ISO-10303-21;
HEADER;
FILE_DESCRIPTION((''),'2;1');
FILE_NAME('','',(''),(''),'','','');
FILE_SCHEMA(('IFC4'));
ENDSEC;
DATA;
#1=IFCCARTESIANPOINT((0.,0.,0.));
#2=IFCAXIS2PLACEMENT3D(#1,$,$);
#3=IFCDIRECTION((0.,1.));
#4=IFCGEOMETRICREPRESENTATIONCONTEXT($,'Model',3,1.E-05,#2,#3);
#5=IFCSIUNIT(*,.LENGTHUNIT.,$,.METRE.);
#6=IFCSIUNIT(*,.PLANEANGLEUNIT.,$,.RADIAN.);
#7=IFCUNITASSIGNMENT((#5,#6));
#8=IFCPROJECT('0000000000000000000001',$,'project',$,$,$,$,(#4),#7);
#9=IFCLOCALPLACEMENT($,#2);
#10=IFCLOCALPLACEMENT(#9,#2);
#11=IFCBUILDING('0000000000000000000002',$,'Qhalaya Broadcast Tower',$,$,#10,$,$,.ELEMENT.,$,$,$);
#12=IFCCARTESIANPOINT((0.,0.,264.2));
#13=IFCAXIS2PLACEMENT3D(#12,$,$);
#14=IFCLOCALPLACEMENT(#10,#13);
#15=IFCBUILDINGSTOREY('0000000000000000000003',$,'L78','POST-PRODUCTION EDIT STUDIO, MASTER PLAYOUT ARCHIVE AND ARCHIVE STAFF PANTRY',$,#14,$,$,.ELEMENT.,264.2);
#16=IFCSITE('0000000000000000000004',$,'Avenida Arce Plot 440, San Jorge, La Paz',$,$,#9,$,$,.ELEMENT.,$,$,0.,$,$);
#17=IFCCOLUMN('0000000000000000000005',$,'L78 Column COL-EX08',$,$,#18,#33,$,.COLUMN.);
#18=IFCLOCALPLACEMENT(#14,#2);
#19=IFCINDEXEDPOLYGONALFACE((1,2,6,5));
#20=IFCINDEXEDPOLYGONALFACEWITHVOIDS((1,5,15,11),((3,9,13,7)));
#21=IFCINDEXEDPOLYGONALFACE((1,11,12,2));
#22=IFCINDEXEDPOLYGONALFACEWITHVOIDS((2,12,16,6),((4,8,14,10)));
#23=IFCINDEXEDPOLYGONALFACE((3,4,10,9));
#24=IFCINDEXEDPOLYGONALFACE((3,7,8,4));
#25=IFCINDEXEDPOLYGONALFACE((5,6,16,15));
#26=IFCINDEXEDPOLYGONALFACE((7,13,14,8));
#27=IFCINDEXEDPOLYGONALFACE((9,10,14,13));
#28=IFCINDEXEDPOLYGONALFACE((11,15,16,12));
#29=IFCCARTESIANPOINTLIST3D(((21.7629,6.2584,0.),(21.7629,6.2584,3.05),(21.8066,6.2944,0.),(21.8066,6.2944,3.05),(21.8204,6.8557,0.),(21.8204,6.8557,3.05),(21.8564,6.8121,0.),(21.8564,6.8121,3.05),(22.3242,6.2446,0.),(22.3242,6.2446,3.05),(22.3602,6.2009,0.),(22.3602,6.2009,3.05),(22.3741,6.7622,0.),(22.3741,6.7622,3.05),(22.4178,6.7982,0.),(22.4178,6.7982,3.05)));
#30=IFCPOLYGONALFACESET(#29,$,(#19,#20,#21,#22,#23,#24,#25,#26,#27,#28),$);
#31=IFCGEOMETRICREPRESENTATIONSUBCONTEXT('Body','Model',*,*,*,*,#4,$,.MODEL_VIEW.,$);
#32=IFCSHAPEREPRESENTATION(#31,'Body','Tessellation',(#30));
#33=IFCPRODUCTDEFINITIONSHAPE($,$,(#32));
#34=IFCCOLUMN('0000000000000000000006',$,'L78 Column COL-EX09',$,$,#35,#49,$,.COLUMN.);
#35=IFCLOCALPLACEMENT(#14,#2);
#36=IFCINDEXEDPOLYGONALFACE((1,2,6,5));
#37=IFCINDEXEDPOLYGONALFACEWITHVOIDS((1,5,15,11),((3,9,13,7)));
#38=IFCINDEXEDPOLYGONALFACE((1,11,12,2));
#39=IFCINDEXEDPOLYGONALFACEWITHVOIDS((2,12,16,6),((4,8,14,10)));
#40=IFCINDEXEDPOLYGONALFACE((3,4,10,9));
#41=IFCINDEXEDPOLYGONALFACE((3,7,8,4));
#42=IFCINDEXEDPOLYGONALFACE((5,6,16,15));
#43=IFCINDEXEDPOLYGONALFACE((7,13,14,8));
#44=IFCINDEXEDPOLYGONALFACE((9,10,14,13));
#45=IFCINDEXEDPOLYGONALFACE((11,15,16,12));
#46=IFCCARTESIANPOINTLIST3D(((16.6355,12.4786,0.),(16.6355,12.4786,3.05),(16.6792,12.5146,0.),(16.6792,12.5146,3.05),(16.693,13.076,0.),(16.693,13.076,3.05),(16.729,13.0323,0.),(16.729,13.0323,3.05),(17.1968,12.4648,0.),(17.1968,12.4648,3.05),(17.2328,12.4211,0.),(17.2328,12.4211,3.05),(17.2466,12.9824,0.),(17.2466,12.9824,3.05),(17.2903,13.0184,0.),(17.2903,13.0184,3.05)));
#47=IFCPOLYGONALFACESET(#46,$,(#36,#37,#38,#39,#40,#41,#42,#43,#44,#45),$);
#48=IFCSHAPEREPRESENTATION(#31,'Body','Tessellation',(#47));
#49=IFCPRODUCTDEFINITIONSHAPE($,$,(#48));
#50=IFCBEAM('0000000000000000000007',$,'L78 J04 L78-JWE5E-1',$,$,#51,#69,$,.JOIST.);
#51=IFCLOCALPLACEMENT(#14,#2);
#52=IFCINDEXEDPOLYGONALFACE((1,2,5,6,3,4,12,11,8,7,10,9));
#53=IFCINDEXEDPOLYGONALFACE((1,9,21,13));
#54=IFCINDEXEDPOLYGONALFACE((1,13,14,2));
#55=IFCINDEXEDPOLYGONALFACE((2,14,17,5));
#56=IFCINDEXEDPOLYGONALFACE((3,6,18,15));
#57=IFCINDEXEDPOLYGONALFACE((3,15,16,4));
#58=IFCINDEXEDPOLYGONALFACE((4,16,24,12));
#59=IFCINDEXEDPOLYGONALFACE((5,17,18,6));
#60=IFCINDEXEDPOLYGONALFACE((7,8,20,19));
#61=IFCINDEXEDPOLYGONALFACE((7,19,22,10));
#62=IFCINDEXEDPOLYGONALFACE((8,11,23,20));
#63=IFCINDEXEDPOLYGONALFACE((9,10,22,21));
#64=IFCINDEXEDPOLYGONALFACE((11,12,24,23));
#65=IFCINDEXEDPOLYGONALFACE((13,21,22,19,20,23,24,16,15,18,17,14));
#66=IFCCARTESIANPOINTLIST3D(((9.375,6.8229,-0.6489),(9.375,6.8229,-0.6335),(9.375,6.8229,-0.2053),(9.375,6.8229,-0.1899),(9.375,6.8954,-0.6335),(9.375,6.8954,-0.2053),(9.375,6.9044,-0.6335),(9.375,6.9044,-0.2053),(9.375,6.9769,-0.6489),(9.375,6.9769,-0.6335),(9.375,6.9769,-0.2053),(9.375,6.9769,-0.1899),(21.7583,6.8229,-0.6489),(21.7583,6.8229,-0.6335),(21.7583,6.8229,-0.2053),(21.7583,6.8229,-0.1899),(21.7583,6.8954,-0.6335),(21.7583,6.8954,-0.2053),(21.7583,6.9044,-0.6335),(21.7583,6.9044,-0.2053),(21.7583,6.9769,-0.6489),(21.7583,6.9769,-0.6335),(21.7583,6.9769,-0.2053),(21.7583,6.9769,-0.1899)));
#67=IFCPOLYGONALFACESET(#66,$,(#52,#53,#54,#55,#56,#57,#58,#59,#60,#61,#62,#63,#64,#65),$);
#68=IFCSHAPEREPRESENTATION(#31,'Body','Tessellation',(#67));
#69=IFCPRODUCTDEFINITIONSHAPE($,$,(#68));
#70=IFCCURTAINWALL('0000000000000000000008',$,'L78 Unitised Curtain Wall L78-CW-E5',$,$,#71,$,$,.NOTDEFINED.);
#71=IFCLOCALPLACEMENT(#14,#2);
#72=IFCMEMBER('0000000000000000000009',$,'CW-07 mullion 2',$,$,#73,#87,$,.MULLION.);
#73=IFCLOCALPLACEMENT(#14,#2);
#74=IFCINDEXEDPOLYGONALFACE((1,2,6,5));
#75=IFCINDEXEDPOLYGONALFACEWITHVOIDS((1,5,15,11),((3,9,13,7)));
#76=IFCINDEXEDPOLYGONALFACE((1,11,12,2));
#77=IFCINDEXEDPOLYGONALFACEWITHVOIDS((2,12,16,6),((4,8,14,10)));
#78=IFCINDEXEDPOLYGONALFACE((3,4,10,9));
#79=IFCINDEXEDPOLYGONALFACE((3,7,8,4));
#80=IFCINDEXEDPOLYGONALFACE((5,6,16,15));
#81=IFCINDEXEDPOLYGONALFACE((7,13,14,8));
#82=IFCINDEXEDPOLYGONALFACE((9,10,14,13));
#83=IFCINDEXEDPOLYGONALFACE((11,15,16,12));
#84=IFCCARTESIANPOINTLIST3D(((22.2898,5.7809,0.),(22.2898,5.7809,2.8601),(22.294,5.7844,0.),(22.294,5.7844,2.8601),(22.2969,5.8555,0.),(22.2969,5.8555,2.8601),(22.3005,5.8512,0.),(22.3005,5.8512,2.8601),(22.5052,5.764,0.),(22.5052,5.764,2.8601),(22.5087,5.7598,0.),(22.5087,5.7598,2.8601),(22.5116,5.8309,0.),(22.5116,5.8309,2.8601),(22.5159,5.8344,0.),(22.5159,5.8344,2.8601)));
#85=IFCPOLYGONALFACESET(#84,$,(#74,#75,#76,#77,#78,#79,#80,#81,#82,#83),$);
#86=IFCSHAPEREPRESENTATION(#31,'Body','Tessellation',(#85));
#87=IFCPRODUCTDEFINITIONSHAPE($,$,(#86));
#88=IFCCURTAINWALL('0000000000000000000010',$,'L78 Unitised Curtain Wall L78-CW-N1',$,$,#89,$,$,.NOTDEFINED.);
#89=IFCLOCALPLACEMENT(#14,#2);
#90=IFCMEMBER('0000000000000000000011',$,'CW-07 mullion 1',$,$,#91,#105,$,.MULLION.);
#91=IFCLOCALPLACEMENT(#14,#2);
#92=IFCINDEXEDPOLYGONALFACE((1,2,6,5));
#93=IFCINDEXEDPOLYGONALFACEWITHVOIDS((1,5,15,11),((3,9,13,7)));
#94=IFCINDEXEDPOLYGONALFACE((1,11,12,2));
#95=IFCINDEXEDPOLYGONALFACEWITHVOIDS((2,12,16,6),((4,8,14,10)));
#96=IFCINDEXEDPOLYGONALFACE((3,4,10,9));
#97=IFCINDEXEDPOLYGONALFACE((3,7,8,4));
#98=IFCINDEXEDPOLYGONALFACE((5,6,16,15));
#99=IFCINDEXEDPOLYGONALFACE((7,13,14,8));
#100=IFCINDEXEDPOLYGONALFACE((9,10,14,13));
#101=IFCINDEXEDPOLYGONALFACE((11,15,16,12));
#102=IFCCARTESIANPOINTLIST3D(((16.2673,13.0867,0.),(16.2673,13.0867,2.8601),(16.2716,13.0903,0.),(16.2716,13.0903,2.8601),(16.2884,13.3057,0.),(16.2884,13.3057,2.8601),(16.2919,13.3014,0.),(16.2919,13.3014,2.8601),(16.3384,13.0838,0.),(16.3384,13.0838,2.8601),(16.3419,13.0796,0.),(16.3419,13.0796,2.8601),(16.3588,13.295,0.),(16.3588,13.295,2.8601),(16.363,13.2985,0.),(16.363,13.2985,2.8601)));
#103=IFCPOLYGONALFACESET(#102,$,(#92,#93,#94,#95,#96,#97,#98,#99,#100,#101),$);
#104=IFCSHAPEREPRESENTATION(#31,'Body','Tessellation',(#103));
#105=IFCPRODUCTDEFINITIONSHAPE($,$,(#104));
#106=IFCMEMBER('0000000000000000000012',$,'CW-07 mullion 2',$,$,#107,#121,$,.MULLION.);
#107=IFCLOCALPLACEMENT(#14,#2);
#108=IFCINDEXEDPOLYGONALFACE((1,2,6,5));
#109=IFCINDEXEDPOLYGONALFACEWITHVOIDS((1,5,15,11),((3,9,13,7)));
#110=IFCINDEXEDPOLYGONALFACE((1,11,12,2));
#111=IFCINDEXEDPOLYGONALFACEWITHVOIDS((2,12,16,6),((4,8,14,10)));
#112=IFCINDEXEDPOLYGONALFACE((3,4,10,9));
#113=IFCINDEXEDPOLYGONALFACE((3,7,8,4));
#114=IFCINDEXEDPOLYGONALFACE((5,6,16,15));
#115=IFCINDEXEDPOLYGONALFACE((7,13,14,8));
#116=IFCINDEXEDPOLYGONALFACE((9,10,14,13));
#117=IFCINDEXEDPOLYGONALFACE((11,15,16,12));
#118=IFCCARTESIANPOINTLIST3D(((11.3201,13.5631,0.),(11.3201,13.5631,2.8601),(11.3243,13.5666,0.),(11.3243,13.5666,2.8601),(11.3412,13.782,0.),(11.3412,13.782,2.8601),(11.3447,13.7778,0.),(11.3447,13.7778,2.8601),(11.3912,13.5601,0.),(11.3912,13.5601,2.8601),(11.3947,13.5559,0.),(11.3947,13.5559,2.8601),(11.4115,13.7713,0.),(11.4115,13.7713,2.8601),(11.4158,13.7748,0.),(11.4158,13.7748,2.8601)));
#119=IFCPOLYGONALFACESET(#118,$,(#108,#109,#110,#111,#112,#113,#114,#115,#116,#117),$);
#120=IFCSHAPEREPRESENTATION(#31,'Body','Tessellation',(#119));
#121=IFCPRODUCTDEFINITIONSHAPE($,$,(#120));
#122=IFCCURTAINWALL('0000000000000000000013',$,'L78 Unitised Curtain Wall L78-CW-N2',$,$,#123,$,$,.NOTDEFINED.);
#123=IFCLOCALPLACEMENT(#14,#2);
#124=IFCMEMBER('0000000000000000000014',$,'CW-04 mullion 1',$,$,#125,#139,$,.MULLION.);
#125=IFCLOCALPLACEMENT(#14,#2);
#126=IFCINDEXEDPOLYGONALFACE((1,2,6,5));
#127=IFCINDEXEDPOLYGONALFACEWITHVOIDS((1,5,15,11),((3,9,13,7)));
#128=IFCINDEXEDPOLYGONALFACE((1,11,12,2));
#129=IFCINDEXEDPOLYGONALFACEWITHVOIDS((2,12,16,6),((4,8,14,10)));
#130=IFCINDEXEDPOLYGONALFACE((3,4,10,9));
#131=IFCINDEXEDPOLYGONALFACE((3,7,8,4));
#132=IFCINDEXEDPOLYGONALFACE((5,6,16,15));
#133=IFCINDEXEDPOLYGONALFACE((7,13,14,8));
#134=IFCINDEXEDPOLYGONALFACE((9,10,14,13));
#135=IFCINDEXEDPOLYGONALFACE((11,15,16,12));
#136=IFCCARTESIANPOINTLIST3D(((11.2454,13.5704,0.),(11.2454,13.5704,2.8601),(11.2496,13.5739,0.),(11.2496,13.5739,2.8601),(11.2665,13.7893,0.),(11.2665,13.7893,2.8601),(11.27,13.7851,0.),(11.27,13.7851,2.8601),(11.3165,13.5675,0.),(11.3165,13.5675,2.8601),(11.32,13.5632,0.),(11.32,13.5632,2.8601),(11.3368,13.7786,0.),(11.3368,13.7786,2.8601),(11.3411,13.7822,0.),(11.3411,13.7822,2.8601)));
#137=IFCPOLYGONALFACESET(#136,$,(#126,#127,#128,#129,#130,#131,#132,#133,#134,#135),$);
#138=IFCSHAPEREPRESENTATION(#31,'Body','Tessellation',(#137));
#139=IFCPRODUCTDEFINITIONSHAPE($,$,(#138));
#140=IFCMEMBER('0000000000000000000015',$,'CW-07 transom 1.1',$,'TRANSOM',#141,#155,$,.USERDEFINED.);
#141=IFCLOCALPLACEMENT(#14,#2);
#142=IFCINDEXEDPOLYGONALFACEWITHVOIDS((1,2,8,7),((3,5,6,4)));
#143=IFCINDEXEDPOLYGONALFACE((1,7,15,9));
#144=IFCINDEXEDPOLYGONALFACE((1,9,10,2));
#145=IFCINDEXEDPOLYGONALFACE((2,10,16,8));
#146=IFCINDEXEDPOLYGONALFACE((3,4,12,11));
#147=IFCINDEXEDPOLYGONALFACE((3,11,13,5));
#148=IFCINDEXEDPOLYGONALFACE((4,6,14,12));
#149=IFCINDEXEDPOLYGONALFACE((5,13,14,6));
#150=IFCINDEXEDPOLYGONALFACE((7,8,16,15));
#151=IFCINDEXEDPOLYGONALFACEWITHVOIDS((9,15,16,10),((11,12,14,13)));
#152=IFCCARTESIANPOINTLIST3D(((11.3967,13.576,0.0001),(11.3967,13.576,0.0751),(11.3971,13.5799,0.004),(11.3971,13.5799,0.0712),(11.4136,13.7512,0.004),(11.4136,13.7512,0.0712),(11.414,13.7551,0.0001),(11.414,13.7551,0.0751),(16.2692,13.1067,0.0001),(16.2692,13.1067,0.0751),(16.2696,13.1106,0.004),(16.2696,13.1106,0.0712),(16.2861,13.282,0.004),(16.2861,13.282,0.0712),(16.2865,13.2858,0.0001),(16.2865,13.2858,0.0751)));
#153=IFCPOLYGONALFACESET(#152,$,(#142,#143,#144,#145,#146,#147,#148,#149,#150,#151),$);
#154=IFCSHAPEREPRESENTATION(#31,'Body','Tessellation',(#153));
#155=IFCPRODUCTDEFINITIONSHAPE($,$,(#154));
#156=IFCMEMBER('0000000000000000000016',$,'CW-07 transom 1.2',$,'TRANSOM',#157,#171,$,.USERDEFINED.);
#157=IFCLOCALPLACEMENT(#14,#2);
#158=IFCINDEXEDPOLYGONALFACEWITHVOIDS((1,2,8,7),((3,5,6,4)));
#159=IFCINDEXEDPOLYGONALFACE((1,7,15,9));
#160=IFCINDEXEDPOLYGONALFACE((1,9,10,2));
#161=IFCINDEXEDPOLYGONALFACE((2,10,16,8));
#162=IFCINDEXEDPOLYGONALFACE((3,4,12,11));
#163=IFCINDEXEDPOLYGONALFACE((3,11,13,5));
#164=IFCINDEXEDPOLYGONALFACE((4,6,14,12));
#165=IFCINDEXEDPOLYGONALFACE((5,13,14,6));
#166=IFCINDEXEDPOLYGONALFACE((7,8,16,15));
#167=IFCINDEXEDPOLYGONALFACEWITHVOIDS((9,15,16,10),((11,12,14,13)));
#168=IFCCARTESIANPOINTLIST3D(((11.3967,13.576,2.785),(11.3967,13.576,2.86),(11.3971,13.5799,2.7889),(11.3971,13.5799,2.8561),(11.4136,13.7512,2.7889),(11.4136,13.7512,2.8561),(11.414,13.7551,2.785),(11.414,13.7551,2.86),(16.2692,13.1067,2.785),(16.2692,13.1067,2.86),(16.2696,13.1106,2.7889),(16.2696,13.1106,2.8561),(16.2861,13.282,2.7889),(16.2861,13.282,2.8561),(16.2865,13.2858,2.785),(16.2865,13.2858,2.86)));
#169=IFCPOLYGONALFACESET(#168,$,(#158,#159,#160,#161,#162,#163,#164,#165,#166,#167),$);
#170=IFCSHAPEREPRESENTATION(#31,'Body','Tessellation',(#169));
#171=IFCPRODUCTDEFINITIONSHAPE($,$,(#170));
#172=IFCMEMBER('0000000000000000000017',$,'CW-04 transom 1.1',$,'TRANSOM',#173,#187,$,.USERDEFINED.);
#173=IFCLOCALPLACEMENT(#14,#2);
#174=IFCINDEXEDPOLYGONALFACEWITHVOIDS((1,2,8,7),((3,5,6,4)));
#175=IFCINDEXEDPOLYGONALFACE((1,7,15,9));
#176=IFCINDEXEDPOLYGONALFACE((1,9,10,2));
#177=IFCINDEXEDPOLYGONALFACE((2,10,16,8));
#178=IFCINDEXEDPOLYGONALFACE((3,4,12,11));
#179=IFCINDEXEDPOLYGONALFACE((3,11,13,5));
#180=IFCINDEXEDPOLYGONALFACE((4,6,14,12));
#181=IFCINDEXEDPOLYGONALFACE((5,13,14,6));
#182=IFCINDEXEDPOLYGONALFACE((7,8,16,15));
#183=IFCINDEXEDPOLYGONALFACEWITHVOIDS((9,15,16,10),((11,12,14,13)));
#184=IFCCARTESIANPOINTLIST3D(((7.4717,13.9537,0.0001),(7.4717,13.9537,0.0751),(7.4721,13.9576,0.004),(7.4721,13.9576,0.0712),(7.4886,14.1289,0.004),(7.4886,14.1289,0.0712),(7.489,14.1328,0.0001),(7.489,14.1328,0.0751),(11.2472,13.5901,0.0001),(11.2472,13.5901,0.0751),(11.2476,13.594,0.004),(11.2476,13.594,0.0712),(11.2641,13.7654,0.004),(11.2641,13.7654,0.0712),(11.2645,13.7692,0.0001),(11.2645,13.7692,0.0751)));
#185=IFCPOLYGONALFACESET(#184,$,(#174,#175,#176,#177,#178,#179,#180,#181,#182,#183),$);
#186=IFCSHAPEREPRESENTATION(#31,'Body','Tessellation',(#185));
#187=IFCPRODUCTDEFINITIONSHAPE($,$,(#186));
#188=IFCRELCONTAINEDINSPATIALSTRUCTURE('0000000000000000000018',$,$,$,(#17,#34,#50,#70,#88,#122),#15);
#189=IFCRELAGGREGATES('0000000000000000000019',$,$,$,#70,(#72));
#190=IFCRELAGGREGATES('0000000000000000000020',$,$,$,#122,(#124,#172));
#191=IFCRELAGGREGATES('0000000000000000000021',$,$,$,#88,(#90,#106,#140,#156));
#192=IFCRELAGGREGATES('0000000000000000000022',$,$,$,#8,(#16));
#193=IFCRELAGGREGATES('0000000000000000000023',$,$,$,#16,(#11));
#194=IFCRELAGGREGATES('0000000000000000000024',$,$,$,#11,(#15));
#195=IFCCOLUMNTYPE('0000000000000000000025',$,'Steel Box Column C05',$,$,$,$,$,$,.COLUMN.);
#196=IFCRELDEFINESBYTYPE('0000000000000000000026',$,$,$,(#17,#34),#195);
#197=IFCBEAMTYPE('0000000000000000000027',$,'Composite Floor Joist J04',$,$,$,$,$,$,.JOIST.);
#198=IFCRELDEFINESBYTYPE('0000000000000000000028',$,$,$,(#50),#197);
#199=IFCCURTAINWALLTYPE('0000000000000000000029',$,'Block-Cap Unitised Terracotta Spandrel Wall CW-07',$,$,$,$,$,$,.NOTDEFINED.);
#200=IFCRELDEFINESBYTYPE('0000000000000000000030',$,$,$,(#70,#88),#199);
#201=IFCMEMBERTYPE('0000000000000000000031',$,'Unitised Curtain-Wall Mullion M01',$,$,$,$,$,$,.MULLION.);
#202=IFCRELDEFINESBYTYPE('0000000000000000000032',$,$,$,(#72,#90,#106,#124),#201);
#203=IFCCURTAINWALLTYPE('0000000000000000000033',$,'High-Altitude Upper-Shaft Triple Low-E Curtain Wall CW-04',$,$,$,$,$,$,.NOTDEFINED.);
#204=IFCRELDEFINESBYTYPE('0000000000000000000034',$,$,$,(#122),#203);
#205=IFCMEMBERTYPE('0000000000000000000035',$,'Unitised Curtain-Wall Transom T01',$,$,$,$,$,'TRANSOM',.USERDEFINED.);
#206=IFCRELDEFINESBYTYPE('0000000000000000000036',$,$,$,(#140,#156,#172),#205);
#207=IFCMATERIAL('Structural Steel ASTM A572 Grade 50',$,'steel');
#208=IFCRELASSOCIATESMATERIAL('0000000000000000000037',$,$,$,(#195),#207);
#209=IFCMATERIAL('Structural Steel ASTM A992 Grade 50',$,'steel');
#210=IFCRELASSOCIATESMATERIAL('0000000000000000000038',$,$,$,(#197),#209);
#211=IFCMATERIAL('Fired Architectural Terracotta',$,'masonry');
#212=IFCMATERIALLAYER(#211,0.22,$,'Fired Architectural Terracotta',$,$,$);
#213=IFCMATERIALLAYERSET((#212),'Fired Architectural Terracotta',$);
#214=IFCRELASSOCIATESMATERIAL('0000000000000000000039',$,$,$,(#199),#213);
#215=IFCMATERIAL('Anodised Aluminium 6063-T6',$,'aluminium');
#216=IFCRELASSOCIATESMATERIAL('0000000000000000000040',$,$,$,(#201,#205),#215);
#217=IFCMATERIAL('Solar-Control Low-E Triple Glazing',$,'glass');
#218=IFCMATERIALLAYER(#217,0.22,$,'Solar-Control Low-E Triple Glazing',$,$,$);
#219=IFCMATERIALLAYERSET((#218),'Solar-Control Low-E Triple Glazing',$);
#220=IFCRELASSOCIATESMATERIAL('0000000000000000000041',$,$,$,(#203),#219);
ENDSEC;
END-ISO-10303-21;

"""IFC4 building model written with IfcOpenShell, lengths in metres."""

from ifc_helpers import new_model, si_unit, direction, frame, origin, origin_2d, place, context, subcontext, project, spatial, hollow_rectangle, i_section, extrude, material, layer, layer_set, material_profile, profile_set, type_object, element, aggregate, save


model = new_model("IFC4")

# Units and contexts
model_context = context("Model", 3, precision=1e-05, world=origin(), true_north=direction((0.0, 1.0)))
body_context = subcontext(model_context, "Body", "Model", "MODEL_VIEW")
ifc_project = project(units=[si_unit("LENGTHUNIT", "METRE"), si_unit("PLANEANGLEUNIT", "RADIAN")], contexts=[model_context])

# Site, building, storey
site_placement = place(None, origin())
site = spatial("IfcSite", under=ifc_project, at=site_placement, Name="Avenida Arce Plot 440, San Jorge, La Paz", CompositionType="ELEMENT", RefElevation=0.0)
building_placement = place(site_placement, origin())
building = spatial("IfcBuilding", under=site, at=building_placement, Name="Qhalaya Broadcast Tower", CompositionType="ELEMENT")
storey_placement = place(building_placement, frame((0.0, 0.0, 264.2)))
storey = spatial("IfcBuildingStorey", under=building, at=storey_placement, Name="L78", Description="POST-PRODUCTION EDIT STUDIO, MASTER PLAYOUT ARCHIVE AND ARCHIVE STAFF PANTRY", CompositionType="ELEMENT", Elevation=264.2)

# Columns
ifc_material_1 = material(Name="Structural Steel ASTM A572 Grade 50", Category="steel")
ifc_material_profile_1 = material_profile(ifc_material_1, hollow_rectangle(XDim=0.6001, YDim=0.6001, WallThickness=0.04, at=origin_2d()), Name="BOX 600x600x40")
ifc_profile_set_1 = profile_set([ifc_material_profile_1], Name="Structural Steel ASTM A572 Grade 50")
column_type = type_object("IfcColumnType", Name="Steel Box Column C05", PredefinedType="COLUMN", material=ifc_profile_set_1)
for number, where, z_axis, x_axis, name in (
    (1, (22.0903, 6.5283, 0.0), (0.0, 0.0, 1.0), (0.095846, 0.995396, 0.0), "L78 Column COL-EX08"),
    (2, (16.9629, 12.7485, 0.0), (0.0, 0.0, 1.0), (0.995396, -0.095846, 0.0), "L78 Column COL-EX09"),
):
    element("IfcColumn", number, at=place(storey_placement, frame(where, z_axis=z_axis, x_axis=x_axis)), inside=storey, type_object=column_type, Name=name, PredefinedType="COLUMN", context=body_context, shape_type="SweptSolid", body=[
        extrude(hollow_rectangle(XDim=0.6001, YDim=0.6001, WallThickness=0.04, at=origin_2d()), origin(), (0.0, 0.0, 1.0), 3.05),
    ])

# Beam
ifc_material_2 = material(Name="Structural Steel ASTM A992 Grade 50", Category="steel")
ifc_material_profile_2 = material_profile(ifc_material_2, i_section(OverallWidth=0.1541, OverallDepth=0.459, WebThickness=0.009, FlangeThickness=0.0154, at=origin_2d()), Name="W18X46")
ifc_profile_set_2 = profile_set([ifc_material_profile_2], Name="Structural Steel ASTM A992 Grade 50")
beam_type_1 = type_object("IfcBeamType", Name="Composite Floor Joist J04", PredefinedType="JOIST", material=ifc_profile_set_2)
beam_1_placement = place(storey_placement, frame((9.375, 6.8999, -0.4194), z_axis=(1.0, 0.0, 0.0), x_axis=(0.0, 1.0, 0.0)))
element("IfcBeam", 3, at=beam_1_placement, inside=storey, type_object=beam_type_1, Name="L78 J04 L78-JWE5E-1", PredefinedType="JOIST", context=body_context, shape_type="SweptSolid", body=[
    extrude(i_section(OverallWidth=0.1541, OverallDepth=0.459, WebThickness=0.009, FlangeThickness=0.0154, at=origin_2d()), origin(), (0.0, 0.0, 1.0), 12.3833),
])

# Curtain wall, member
ifc_material_3 = material(Name="Fired Architectural Terracotta", Category="masonry")
ifc_layer_1 = layer(ifc_material_3, 0.22, Name="Fired Architectural Terracotta")
ifc_layer_set_1 = layer_set([ifc_layer_1], Name="Fired Architectural Terracotta")
curtain_wall_type_1 = type_object("IfcCurtainWallType", Name="Block-Cap Unitised Terracotta Spandrel Wall CW-07", PredefinedType="NOTDEFINED", material=ifc_layer_set_1)
curtain_wall_1_placement = place(storey_placement, origin())
curtain_wall_1 = element("IfcCurtainWall", 4, at=curtain_wall_1_placement, inside=storey, type_object=curtain_wall_type_1, Name="L78 Unitised Curtain Wall L78-CW-E5", PredefinedType="NOTDEFINED")
ifc_material_4 = material(Name="Anodised Aluminium 6063-T6", Category="aluminium")
ifc_material_profile_3 = material_profile(ifc_material_4, hollow_rectangle(XDim=0.075, YDim=0.22, WallThickness=0.0039, at=origin_2d()), Name="ALU-MUL 75x220x4")
ifc_profile_set_3 = profile_set([ifc_material_profile_3], Name="Anodised Aluminium 6063-T6")
member_type_1 = type_object("IfcMemberType", Name="Unitised Curtain-Wall Mullion M01", PredefinedType="MULLION", material=ifc_profile_set_3)
member_1_placement = place(storey_placement, frame((22.4028, 5.8076, 0.0), z_axis=(0.0, 0.0, 1.0), x_axis=(0.09584, 0.995397, 0.0)))
member_1 = element("IfcMember", 5, at=member_1_placement, type_object=member_type_1, Name="CW-07 mullion 2", PredefinedType="MULLION", context=body_context, shape_type="SweptSolid", body=[
    extrude(hollow_rectangle(XDim=0.075, YDim=0.22, WallThickness=0.0039, at=origin_2d()), origin(), (0.0, 0.0, 1.0), 2.8601),
])
aggregate(curtain_wall_1, [member_1])

# Curtain wall, members
curtain_wall_2_placement = place(storey_placement, origin())
curtain_wall_2 = element("IfcCurtainWall", 6, at=curtain_wall_2_placement, inside=storey, type_object=curtain_wall_type_1, Name="L78 Unitised Curtain Wall L78-CW-N1", PredefinedType="NOTDEFINED")
member_2_placement = place(storey_placement, frame((16.3152, 13.1926, 0.0), z_axis=(0.0, 0.0, 1.0), x_axis=(-0.995395, 0.095857, 0.0)))
member_2 = element("IfcMember", 7, at=member_2_placement, type_object=member_type_1, Name="CW-07 mullion 1", PredefinedType="MULLION", context=body_context, shape_type="SweptSolid", body=[
    extrude(hollow_rectangle(XDim=0.075, YDim=0.22, WallThickness=0.0039, at=origin_2d()), origin(), (0.0, 0.0, 1.0), 2.8601),
])
member_3_placement = place(storey_placement, frame((11.3679, 13.6689, 0.0), z_axis=(0.0, 0.0, 1.0), x_axis=(-0.995395, 0.095857, 0.0)))
member_3 = element("IfcMember", 8, at=member_3_placement, type_object=member_type_1, Name="CW-07 mullion 2", PredefinedType="MULLION", context=body_context, shape_type="SweptSolid", body=[
    extrude(hollow_rectangle(XDim=0.075, YDim=0.22, WallThickness=0.0039, at=origin_2d()), origin(), (0.0, 0.0, 1.0), 2.8601),
])

# Curtain wall, member
ifc_material_5 = material(Name="Solar-Control Low-E Triple Glazing", Category="glass")
ifc_layer_2 = layer(ifc_material_5, 0.22, Name="Solar-Control Low-E Triple Glazing")
ifc_layer_set_2 = layer_set([ifc_layer_2], Name="Solar-Control Low-E Triple Glazing")
curtain_wall_type_2 = type_object("IfcCurtainWallType", Name="High-Altitude Upper-Shaft Triple Low-E Curtain Wall CW-04", PredefinedType="NOTDEFINED", material=ifc_layer_set_2)
curtain_wall_3_placement = place(storey_placement, origin())
curtain_wall_3 = element("IfcCurtainWall", 9, at=curtain_wall_3_placement, inside=storey, type_object=curtain_wall_type_2, Name="L78 Unitised Curtain Wall L78-CW-N2", PredefinedType="NOTDEFINED")
member_4_placement = place(storey_placement, frame((11.2932, 13.6763, 0.0), z_axis=(0.0, 0.0, 1.0), x_axis=(-0.995397, 0.095842, 0.0)))
member_4 = element("IfcMember", 10, at=member_4_placement, type_object=member_type_1, Name="CW-04 mullion 1", PredefinedType="MULLION", context=body_context, shape_type="SweptSolid", body=[
    extrude(hollow_rectangle(XDim=0.075, YDim=0.22, WallThickness=0.0039, at=origin_2d()), origin(), (0.0, 0.0, 1.0), 2.8601),
])

# Members
ifc_material_profile_4 = material_profile(ifc_material_4, hollow_rectangle(XDim=0.075, YDim=0.1799, WallThickness=0.0039, at=origin_2d()), Name="ALU-TRN 75x180x4")
ifc_profile_set_4 = profile_set([ifc_material_profile_4], Name="Anodised Aluminium 6063-T6")
member_type_2 = type_object("IfcMemberType", Name="Unitised Curtain-Wall Transom T01", ElementType="TRANSOM", PredefinedType="USERDEFINED", material=ifc_profile_set_4)
member_5_placement = place(storey_placement, frame((16.2778, 13.1963, 0.0376), z_axis=(-0.995395, 0.095859, 0.0), x_axis=(0.0, 0.0, 1.0)))
member_5 = element("IfcMember", 11, at=member_5_placement, type_object=member_type_2, Name="CW-07 transom 1.1", ObjectType="TRANSOM", PredefinedType="USERDEFINED", context=body_context, shape_type="SweptSolid", body=[
    extrude(hollow_rectangle(XDim=0.075, YDim=0.1799, WallThickness=0.0039, at=origin_2d()), origin(), (0.0, 0.0, 1.0), 4.895),
])
member_6_placement = place(storey_placement, frame((16.2778, 13.1963, 2.8225), z_axis=(-0.995395, 0.095859, 0.0), x_axis=(0.0, 0.0, 1.0)))
member_6 = element("IfcMember", 12, at=member_6_placement, type_object=member_type_2, Name="CW-07 transom 1.2", ObjectType="TRANSOM", PredefinedType="USERDEFINED", context=body_context, shape_type="SweptSolid", body=[
    extrude(hollow_rectangle(XDim=0.075, YDim=0.1799, WallThickness=0.0039, at=origin_2d()), origin(), (0.0, 0.0, 1.0), 4.895),
])
member_7_placement = place(storey_placement, frame((11.2559, 13.6797, 0.0376), z_axis=(-0.995396, 0.095845, 0.0), x_axis=(0.0, 0.0, 1.0)))
member_7 = element("IfcMember", 13, at=member_7_placement, type_object=member_type_2, Name="CW-04 transom 1.1", ObjectType="TRANSOM", PredefinedType="USERDEFINED", context=body_context, shape_type="SweptSolid", body=[
    extrude(hollow_rectangle(XDim=0.075, YDim=0.1799, WallThickness=0.0039, at=origin_2d()), origin(), (0.0, 0.0, 1.0), 3.793),
])
aggregate(curtain_wall_3, [member_4, member_7])

aggregate(curtain_wall_2, [member_2, member_3, member_5, member_6])

save(model, "model.ifc")
